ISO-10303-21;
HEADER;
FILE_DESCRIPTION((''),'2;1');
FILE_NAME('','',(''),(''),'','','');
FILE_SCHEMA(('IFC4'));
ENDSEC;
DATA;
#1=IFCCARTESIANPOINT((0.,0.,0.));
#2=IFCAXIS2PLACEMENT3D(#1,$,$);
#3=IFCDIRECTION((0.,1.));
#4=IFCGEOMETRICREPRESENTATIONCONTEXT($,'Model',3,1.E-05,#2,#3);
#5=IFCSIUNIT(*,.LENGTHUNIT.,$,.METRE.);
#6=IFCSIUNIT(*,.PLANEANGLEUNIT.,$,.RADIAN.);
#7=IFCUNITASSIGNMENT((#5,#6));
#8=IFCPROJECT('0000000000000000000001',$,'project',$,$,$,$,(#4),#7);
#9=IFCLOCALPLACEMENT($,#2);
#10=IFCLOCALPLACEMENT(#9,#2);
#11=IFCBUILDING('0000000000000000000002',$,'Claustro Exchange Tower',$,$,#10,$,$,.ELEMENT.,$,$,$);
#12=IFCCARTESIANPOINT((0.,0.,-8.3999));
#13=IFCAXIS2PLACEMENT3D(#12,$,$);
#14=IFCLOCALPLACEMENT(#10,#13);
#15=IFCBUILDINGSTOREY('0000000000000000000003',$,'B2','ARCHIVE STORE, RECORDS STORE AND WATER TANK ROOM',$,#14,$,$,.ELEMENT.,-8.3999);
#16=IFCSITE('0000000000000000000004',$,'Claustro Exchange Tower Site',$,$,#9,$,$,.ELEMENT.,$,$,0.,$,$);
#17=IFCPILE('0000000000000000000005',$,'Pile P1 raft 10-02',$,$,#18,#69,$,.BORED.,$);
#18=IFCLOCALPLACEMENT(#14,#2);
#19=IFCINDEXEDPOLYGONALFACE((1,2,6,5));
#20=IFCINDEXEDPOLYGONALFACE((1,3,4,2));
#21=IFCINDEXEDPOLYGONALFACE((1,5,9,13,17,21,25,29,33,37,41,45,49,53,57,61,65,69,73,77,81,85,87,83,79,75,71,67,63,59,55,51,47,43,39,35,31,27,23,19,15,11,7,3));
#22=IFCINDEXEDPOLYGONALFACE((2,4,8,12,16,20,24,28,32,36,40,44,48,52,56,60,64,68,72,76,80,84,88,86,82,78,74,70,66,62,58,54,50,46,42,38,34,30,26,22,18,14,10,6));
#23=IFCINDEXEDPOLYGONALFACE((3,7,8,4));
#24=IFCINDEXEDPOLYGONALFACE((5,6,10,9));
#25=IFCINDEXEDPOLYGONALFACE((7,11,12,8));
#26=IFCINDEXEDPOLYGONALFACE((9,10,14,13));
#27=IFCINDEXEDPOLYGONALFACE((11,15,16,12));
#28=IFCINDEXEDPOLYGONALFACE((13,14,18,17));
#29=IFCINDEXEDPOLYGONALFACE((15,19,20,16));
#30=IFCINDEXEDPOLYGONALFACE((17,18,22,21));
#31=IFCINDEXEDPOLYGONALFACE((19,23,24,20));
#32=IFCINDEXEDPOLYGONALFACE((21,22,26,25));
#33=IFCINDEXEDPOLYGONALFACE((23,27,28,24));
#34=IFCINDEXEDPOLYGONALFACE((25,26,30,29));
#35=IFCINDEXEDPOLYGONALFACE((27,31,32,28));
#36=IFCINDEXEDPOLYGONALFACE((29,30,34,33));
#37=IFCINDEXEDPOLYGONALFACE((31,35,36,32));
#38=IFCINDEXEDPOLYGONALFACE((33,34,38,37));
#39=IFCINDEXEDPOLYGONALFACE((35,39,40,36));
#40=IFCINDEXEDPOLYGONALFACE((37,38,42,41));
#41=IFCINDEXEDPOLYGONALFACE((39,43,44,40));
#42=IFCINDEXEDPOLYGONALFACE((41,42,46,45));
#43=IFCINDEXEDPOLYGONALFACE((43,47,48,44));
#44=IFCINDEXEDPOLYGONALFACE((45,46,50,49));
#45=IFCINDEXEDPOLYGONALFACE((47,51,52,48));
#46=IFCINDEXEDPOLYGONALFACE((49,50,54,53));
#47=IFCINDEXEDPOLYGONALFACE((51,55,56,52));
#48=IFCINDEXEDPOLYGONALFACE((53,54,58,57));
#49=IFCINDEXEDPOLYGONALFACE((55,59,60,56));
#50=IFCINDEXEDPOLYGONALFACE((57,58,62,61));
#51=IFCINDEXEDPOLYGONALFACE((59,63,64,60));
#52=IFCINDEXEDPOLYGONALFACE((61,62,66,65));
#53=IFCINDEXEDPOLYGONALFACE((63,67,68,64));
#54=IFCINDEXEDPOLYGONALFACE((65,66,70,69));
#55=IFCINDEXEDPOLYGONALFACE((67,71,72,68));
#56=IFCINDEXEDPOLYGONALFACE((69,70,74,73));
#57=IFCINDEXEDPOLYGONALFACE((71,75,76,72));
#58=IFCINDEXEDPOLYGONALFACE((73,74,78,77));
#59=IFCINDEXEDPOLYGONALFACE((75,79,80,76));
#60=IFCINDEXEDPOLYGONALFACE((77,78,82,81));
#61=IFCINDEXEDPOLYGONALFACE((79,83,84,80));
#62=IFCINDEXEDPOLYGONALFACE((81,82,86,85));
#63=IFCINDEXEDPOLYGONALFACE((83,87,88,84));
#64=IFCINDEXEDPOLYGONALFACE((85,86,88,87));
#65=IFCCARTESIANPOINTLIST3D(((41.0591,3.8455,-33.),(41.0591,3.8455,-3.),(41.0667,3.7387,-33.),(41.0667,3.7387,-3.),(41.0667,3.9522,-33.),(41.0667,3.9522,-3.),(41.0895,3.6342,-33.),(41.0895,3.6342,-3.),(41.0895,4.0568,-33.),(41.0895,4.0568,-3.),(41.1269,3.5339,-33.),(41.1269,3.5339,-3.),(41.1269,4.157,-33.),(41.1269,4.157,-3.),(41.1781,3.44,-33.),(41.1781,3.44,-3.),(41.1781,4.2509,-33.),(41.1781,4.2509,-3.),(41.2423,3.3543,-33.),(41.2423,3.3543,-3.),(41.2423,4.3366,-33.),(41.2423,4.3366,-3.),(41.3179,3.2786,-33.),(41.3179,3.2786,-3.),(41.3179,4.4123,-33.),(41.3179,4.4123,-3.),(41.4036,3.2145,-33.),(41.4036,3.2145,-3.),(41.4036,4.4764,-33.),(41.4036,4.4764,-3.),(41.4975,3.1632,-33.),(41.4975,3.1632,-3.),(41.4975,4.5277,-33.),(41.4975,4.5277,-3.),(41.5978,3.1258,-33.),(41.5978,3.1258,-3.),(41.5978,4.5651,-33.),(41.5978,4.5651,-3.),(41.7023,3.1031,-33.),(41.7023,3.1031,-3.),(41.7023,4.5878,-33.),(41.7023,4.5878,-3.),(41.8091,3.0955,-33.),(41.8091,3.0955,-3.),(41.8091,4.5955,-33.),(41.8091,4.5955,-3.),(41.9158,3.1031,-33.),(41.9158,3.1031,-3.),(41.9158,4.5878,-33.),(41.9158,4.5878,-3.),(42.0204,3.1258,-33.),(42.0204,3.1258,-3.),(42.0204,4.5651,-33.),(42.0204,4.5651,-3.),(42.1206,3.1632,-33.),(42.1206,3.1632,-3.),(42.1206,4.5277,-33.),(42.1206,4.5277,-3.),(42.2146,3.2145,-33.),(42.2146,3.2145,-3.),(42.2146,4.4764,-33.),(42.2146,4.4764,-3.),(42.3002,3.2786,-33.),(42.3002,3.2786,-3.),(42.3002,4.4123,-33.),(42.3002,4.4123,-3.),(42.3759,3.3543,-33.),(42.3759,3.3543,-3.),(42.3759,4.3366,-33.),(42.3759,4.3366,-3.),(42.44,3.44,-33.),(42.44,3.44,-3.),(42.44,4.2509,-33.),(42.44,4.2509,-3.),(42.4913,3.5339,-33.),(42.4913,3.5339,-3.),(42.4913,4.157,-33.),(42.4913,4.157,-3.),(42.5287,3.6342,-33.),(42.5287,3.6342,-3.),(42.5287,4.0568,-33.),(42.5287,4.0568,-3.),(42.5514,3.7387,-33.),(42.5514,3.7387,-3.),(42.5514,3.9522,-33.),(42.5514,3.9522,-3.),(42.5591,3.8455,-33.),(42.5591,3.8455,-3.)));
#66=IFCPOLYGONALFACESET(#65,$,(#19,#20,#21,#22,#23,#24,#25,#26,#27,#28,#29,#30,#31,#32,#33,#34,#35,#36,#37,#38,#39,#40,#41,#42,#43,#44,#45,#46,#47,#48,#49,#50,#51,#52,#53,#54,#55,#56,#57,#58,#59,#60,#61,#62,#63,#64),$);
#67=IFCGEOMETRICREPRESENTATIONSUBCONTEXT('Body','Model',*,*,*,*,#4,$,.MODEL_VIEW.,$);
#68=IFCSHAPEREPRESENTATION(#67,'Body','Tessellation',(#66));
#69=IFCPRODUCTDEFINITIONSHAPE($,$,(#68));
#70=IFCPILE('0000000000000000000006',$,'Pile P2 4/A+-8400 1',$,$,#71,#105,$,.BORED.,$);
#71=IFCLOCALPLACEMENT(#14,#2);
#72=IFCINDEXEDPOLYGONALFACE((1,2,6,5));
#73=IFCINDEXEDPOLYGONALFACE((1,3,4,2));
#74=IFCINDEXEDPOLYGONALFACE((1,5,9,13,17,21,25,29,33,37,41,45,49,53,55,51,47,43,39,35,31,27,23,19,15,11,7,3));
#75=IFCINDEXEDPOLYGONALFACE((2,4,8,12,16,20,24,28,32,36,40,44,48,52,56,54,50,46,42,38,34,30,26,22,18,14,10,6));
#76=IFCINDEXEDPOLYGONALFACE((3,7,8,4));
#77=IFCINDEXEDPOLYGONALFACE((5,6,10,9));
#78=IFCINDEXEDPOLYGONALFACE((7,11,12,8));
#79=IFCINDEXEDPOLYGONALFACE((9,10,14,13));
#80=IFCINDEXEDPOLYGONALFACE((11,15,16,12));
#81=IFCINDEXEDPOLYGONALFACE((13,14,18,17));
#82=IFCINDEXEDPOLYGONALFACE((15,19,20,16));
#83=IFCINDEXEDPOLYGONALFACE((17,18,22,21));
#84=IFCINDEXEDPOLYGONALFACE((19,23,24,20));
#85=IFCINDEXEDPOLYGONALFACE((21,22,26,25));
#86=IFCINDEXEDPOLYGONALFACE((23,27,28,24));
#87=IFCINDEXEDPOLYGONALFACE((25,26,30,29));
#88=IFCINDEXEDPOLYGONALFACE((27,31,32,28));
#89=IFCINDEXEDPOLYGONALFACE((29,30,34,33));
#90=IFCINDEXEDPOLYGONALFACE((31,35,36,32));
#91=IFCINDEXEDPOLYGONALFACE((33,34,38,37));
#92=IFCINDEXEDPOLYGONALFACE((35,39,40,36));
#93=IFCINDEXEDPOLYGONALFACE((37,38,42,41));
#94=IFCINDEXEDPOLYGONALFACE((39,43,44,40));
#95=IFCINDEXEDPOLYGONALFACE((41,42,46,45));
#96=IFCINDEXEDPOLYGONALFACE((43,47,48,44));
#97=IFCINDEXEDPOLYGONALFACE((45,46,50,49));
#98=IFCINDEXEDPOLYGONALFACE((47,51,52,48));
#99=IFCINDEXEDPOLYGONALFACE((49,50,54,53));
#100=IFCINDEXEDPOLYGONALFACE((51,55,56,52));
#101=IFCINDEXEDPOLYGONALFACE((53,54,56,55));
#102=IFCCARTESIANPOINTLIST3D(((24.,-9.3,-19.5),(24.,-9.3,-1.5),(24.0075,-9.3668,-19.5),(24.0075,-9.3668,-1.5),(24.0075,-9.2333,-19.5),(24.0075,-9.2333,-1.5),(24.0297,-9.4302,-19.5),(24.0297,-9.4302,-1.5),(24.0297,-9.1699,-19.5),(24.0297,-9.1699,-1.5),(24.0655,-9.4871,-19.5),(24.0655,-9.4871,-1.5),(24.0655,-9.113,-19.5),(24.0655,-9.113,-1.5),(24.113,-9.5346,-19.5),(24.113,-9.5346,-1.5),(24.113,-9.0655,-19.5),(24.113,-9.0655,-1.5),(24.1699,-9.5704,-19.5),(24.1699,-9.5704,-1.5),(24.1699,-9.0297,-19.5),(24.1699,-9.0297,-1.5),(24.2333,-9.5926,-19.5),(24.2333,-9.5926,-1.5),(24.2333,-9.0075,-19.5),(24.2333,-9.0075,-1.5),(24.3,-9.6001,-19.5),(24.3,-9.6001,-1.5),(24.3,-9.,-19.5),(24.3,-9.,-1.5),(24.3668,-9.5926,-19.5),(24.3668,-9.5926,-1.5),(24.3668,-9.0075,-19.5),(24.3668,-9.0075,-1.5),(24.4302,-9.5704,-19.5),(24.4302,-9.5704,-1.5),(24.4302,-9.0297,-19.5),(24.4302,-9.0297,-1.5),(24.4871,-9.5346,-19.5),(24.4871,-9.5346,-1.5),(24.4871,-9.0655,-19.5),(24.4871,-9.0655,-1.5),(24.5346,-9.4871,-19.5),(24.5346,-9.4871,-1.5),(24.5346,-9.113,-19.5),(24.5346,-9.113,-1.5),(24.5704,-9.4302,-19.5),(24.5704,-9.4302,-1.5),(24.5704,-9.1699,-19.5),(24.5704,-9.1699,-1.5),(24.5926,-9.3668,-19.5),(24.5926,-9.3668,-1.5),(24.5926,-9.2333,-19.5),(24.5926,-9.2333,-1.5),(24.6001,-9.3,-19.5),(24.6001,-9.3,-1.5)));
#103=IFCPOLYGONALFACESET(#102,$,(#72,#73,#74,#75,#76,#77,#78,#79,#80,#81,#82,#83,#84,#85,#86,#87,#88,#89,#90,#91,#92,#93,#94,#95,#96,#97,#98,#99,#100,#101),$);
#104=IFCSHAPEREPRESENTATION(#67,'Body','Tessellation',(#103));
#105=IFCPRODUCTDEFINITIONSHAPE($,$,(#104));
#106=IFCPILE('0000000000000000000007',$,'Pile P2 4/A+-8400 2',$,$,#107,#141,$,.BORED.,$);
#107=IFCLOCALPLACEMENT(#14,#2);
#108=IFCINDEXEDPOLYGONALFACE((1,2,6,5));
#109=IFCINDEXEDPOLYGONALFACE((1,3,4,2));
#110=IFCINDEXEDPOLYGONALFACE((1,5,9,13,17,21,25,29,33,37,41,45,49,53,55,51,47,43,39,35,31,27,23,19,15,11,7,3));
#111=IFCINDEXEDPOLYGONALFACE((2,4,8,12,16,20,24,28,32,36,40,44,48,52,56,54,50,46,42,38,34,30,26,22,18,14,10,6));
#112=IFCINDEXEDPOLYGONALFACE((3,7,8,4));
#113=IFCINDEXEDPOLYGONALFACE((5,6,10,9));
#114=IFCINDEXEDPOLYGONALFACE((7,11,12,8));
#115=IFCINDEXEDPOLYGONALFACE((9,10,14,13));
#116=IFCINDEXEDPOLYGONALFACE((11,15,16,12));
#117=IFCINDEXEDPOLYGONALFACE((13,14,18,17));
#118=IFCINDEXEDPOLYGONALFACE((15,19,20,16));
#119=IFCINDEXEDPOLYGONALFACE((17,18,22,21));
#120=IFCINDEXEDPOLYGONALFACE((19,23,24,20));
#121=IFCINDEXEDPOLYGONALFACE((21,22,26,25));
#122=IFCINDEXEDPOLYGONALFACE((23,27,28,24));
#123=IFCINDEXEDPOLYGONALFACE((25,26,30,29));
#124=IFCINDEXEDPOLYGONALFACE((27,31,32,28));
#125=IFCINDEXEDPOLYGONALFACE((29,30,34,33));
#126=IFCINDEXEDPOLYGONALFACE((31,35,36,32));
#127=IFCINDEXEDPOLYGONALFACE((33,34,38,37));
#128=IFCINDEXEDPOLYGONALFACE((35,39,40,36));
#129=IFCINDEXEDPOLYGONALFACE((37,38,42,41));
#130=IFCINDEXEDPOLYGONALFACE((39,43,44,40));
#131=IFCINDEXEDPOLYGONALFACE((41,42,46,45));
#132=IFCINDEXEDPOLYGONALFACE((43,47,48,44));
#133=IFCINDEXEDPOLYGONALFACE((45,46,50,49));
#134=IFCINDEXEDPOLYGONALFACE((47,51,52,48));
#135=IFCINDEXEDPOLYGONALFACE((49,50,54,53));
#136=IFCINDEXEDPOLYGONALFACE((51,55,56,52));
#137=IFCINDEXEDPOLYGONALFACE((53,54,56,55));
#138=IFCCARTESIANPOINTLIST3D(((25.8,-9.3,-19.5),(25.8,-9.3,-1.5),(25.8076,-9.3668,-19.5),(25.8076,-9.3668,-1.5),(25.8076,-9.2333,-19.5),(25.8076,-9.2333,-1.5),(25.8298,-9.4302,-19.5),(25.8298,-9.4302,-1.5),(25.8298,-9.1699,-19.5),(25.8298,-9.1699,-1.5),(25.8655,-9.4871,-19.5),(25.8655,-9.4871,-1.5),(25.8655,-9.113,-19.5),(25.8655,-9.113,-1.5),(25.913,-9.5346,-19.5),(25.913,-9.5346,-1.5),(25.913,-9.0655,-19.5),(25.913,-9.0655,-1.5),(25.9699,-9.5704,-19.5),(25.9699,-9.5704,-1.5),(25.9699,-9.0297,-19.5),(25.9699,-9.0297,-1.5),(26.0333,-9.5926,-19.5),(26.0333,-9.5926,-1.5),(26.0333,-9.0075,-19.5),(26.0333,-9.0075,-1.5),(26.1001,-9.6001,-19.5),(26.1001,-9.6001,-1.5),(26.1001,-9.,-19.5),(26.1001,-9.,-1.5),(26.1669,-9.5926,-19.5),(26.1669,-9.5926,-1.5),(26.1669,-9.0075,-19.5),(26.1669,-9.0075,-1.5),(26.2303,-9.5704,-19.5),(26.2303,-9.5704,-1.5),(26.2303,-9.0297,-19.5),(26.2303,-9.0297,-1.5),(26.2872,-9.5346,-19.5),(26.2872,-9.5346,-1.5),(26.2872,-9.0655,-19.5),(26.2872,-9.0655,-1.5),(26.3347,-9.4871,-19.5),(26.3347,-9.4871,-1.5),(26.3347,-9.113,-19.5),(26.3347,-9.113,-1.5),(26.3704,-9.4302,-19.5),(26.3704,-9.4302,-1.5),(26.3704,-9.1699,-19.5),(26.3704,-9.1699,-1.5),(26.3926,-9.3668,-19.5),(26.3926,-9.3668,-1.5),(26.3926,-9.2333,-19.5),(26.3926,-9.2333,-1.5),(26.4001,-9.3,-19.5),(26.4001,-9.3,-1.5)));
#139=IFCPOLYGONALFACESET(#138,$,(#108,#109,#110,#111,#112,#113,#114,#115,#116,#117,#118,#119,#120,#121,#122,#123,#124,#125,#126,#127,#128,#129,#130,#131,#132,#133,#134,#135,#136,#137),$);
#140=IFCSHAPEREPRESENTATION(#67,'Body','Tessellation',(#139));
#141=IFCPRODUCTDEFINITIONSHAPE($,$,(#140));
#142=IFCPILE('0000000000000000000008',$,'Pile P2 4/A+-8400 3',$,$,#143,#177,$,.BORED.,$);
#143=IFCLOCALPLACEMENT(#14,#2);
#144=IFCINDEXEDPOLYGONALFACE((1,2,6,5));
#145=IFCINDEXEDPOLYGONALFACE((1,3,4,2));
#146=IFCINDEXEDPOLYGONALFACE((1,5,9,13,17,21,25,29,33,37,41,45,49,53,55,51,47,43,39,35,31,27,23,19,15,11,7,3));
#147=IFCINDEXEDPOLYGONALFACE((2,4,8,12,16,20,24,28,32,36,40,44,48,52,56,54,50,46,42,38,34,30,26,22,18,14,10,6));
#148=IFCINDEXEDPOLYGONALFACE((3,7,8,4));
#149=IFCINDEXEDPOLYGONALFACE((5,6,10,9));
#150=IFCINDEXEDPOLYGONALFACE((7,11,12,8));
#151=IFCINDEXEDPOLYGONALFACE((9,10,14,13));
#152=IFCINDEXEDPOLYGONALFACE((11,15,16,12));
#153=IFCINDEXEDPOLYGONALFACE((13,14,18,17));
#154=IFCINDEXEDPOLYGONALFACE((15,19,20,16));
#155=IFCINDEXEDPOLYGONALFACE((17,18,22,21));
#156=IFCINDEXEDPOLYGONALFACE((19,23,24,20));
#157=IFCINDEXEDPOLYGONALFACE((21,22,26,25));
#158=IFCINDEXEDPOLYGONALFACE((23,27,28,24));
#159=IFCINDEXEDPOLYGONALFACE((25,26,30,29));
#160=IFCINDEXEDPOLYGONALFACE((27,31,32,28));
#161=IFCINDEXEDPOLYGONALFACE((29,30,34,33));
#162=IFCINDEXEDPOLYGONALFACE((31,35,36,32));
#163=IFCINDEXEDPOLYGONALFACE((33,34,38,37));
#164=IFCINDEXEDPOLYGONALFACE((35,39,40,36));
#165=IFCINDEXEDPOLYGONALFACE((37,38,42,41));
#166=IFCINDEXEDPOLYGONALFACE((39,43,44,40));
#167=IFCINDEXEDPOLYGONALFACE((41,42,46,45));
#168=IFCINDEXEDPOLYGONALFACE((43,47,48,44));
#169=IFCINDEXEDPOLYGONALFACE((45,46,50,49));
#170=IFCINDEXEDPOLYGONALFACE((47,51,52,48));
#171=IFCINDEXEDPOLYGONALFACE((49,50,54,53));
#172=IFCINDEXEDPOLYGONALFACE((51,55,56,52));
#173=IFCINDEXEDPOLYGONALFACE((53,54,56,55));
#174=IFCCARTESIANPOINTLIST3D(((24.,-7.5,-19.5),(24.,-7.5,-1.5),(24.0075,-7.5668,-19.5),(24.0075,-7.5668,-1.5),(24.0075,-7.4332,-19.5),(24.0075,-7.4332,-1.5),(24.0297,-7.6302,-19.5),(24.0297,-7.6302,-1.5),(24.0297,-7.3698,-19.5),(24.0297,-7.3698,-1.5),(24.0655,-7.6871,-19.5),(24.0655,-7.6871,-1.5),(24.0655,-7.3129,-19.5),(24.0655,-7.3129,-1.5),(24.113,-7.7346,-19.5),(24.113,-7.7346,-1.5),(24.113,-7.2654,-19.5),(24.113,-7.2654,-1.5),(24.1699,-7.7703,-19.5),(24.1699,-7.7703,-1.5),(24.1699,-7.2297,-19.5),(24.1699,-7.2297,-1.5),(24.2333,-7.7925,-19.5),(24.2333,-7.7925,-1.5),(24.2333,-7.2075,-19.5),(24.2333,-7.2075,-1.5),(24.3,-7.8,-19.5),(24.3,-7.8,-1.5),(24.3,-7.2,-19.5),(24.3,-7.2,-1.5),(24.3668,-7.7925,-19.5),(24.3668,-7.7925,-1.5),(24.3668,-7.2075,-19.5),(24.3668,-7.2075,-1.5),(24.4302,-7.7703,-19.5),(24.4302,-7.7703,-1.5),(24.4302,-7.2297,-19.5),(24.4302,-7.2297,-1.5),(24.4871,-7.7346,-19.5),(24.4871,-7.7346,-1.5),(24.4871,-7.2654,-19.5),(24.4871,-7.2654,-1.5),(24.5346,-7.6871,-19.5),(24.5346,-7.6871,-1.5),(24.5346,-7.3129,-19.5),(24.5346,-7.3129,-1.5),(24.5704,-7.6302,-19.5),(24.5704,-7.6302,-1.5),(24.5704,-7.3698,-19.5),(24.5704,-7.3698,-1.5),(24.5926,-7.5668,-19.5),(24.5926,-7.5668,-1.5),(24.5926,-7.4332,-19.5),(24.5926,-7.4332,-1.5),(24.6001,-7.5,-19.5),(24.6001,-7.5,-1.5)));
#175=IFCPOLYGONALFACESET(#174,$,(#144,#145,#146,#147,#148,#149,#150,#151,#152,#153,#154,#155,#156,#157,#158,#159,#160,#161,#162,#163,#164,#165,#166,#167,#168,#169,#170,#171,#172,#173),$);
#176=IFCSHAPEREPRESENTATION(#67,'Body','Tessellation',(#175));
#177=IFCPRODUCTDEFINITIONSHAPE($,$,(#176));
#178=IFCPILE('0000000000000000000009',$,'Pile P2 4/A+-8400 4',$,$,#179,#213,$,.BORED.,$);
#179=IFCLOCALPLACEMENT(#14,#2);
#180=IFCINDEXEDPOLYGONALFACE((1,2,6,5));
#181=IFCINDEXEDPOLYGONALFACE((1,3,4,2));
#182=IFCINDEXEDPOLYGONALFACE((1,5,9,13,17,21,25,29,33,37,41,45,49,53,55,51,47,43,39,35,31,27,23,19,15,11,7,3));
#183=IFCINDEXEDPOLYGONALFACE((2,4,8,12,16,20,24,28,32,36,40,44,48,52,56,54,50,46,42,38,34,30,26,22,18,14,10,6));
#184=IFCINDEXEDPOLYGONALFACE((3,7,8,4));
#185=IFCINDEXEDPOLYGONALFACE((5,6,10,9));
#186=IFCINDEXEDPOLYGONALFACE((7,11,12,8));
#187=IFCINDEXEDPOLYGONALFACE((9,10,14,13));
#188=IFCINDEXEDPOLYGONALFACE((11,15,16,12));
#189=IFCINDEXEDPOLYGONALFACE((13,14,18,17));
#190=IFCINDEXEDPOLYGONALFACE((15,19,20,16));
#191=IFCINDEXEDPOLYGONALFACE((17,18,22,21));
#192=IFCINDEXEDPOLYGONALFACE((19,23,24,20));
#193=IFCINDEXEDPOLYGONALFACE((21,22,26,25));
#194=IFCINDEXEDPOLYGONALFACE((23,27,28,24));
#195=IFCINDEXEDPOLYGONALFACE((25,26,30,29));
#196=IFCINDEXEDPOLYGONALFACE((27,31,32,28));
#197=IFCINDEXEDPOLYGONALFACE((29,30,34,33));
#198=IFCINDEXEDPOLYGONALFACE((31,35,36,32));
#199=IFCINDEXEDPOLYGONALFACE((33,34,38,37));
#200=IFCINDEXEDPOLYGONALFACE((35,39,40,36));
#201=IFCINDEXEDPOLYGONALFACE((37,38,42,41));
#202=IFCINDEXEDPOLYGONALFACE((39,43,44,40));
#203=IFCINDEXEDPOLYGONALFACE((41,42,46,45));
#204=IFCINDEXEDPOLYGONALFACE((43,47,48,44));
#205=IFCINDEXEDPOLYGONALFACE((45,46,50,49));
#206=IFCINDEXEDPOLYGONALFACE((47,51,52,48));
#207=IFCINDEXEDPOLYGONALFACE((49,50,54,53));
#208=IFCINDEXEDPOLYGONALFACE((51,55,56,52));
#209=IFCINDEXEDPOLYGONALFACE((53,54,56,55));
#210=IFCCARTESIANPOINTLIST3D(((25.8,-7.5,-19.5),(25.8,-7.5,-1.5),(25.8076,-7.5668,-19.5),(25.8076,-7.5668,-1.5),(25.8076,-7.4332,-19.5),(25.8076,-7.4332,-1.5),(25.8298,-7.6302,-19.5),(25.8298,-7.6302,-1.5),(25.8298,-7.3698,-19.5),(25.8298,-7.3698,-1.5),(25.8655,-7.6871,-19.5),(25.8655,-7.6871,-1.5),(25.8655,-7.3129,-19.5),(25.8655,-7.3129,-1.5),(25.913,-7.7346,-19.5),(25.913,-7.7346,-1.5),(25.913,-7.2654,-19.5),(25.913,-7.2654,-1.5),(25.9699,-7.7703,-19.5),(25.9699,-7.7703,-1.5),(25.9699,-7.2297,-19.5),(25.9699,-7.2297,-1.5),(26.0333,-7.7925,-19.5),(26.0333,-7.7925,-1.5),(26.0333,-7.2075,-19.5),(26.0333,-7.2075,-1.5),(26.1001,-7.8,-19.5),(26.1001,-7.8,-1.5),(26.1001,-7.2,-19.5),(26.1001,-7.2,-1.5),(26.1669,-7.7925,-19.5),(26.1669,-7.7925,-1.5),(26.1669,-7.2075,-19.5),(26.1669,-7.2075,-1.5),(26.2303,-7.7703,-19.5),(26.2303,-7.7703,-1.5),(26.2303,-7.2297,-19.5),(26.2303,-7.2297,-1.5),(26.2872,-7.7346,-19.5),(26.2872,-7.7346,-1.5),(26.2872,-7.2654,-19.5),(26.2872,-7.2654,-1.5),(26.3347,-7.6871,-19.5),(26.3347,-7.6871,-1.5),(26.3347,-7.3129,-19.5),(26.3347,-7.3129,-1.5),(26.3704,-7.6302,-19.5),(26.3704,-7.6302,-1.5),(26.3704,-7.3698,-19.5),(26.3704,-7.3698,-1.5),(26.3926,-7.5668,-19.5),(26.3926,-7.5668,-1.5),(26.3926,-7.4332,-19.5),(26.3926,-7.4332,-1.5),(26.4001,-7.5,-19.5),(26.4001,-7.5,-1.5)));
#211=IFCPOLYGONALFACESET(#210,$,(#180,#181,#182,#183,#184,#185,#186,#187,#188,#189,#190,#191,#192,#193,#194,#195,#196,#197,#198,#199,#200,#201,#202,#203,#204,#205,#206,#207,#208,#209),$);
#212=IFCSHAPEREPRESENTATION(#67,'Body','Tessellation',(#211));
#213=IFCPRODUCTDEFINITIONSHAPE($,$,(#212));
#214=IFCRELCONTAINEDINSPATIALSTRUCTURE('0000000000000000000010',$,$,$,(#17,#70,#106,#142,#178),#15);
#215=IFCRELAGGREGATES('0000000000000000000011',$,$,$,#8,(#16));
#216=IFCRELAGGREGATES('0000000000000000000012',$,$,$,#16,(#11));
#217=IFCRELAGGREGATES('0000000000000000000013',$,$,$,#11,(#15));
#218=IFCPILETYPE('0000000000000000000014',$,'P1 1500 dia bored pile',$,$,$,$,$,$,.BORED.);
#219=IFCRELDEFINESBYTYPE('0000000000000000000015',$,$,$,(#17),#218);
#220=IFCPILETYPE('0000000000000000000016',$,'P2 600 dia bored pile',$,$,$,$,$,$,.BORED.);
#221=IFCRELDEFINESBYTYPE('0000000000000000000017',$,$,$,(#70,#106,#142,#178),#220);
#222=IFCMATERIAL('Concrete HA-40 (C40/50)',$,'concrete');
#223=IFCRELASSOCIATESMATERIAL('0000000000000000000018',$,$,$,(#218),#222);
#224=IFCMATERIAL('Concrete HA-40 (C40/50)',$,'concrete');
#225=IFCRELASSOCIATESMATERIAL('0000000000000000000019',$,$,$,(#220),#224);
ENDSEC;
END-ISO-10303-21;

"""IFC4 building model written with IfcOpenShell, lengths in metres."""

from ifc_helpers import new_model, si_unit, direction, frame, origin, origin_2d, place, context, subcontext, project, spatial, circle, extrude, material, type_object, element, save


model = new_model("IFC4")

# Units and contexts
model_context = context("Model", 3, precision=1e-05, world=origin(), true_north=direction((0.0, 1.0)))
body_context = subcontext(model_context, "Body", "Model", "MODEL_VIEW")
ifc_project = project(units=[si_unit("LENGTHUNIT", "METRE"), si_unit("PLANEANGLEUNIT", "RADIAN")], contexts=[model_context])

# Site, building, storey
site_placement = place(None, origin())
site = spatial("IfcSite", under=ifc_project, at=site_placement, Name="Claustro Exchange Tower Site", CompositionType="ELEMENT", RefElevation=0.0)
building_placement = place(site_placement, origin())
building = spatial("IfcBuilding", under=site, at=building_placement, Name="Claustro Exchange Tower", CompositionType="ELEMENT")
storey_placement = place(building_placement, frame((0.0, 0.0, -8.3999)))
storey = spatial("IfcBuildingStorey", under=building, at=storey_placement, Name="B2", Description="ARCHIVE STORE, RECORDS STORE AND WATER TANK ROOM", CompositionType="ELEMENT", Elevation=-8.3999)

# Piles
ifc_material_1 = material(Name="Concrete HA-40 (C40/50)", Category="concrete")
pile_type_1 = type_object("IfcPileType", Name="P1 1500 dia bored pile", PredefinedType="BORED", material=ifc_material_1)
for number, where, z_axis, x_axis, name in (
    (1, (41.8091, 3.8455, -3.0), (0.0, 0.0, -1.0), (1.0, 0.0, 0.0), "Pile P1 raft 10-02"),
):
    element("IfcPile", number, at=place(storey_placement, frame(where, z_axis=z_axis, x_axis=x_axis)), inside=storey, type_object=pile_type_1, Name=name, PredefinedType="BORED", context=body_context, shape_type="SweptSolid", body=[
        extrude(circle(Radius=0.75, at=origin_2d()), origin(), (0.0, 0.0, 1.0), 30.0),
    ])
ifc_material_2 = material(Name="Concrete HA-40 (C40/50)", Category="concrete")
pile_type_2 = type_object("IfcPileType", Name="P2 600 dia bored pile", PredefinedType="BORED", material=ifc_material_2)
for number, where, z_axis, x_axis, name in (
    (2, (24.3, -9.3, -1.5), (0.0, 0.0, -1.0), (1.0, 0.0, 0.0), "Pile P2 4/A+-8400 1"),
    (3, (26.1001, -9.3, -1.5), (0.0, 0.0, -1.0), (1.0, 0.0, 0.0), "Pile P2 4/A+-8400 2"),
    (4, (24.3, -7.5, -1.5), (0.0, 0.0, -1.0), (1.0, 0.0, 0.0), "Pile P2 4/A+-8400 3"),
    (5, (26.1001, -7.5, -1.5), (0.0, 0.0, -1.0), (1.0, 0.0, 0.0), "Pile P2 4/A+-8400 4"),
):
    element("IfcPile", number, at=place(storey_placement, frame(where, z_axis=z_axis, x_axis=x_axis)), inside=storey, type_object=pile_type_2, Name=name, PredefinedType="BORED", context=body_context, shape_type="SweptSolid", body=[
        extrude(circle(Radius=0.3, at=origin_2d()), origin(), (0.0, 0.0, 1.0), 18.0),
    ])

save(model, "model.ifc")
